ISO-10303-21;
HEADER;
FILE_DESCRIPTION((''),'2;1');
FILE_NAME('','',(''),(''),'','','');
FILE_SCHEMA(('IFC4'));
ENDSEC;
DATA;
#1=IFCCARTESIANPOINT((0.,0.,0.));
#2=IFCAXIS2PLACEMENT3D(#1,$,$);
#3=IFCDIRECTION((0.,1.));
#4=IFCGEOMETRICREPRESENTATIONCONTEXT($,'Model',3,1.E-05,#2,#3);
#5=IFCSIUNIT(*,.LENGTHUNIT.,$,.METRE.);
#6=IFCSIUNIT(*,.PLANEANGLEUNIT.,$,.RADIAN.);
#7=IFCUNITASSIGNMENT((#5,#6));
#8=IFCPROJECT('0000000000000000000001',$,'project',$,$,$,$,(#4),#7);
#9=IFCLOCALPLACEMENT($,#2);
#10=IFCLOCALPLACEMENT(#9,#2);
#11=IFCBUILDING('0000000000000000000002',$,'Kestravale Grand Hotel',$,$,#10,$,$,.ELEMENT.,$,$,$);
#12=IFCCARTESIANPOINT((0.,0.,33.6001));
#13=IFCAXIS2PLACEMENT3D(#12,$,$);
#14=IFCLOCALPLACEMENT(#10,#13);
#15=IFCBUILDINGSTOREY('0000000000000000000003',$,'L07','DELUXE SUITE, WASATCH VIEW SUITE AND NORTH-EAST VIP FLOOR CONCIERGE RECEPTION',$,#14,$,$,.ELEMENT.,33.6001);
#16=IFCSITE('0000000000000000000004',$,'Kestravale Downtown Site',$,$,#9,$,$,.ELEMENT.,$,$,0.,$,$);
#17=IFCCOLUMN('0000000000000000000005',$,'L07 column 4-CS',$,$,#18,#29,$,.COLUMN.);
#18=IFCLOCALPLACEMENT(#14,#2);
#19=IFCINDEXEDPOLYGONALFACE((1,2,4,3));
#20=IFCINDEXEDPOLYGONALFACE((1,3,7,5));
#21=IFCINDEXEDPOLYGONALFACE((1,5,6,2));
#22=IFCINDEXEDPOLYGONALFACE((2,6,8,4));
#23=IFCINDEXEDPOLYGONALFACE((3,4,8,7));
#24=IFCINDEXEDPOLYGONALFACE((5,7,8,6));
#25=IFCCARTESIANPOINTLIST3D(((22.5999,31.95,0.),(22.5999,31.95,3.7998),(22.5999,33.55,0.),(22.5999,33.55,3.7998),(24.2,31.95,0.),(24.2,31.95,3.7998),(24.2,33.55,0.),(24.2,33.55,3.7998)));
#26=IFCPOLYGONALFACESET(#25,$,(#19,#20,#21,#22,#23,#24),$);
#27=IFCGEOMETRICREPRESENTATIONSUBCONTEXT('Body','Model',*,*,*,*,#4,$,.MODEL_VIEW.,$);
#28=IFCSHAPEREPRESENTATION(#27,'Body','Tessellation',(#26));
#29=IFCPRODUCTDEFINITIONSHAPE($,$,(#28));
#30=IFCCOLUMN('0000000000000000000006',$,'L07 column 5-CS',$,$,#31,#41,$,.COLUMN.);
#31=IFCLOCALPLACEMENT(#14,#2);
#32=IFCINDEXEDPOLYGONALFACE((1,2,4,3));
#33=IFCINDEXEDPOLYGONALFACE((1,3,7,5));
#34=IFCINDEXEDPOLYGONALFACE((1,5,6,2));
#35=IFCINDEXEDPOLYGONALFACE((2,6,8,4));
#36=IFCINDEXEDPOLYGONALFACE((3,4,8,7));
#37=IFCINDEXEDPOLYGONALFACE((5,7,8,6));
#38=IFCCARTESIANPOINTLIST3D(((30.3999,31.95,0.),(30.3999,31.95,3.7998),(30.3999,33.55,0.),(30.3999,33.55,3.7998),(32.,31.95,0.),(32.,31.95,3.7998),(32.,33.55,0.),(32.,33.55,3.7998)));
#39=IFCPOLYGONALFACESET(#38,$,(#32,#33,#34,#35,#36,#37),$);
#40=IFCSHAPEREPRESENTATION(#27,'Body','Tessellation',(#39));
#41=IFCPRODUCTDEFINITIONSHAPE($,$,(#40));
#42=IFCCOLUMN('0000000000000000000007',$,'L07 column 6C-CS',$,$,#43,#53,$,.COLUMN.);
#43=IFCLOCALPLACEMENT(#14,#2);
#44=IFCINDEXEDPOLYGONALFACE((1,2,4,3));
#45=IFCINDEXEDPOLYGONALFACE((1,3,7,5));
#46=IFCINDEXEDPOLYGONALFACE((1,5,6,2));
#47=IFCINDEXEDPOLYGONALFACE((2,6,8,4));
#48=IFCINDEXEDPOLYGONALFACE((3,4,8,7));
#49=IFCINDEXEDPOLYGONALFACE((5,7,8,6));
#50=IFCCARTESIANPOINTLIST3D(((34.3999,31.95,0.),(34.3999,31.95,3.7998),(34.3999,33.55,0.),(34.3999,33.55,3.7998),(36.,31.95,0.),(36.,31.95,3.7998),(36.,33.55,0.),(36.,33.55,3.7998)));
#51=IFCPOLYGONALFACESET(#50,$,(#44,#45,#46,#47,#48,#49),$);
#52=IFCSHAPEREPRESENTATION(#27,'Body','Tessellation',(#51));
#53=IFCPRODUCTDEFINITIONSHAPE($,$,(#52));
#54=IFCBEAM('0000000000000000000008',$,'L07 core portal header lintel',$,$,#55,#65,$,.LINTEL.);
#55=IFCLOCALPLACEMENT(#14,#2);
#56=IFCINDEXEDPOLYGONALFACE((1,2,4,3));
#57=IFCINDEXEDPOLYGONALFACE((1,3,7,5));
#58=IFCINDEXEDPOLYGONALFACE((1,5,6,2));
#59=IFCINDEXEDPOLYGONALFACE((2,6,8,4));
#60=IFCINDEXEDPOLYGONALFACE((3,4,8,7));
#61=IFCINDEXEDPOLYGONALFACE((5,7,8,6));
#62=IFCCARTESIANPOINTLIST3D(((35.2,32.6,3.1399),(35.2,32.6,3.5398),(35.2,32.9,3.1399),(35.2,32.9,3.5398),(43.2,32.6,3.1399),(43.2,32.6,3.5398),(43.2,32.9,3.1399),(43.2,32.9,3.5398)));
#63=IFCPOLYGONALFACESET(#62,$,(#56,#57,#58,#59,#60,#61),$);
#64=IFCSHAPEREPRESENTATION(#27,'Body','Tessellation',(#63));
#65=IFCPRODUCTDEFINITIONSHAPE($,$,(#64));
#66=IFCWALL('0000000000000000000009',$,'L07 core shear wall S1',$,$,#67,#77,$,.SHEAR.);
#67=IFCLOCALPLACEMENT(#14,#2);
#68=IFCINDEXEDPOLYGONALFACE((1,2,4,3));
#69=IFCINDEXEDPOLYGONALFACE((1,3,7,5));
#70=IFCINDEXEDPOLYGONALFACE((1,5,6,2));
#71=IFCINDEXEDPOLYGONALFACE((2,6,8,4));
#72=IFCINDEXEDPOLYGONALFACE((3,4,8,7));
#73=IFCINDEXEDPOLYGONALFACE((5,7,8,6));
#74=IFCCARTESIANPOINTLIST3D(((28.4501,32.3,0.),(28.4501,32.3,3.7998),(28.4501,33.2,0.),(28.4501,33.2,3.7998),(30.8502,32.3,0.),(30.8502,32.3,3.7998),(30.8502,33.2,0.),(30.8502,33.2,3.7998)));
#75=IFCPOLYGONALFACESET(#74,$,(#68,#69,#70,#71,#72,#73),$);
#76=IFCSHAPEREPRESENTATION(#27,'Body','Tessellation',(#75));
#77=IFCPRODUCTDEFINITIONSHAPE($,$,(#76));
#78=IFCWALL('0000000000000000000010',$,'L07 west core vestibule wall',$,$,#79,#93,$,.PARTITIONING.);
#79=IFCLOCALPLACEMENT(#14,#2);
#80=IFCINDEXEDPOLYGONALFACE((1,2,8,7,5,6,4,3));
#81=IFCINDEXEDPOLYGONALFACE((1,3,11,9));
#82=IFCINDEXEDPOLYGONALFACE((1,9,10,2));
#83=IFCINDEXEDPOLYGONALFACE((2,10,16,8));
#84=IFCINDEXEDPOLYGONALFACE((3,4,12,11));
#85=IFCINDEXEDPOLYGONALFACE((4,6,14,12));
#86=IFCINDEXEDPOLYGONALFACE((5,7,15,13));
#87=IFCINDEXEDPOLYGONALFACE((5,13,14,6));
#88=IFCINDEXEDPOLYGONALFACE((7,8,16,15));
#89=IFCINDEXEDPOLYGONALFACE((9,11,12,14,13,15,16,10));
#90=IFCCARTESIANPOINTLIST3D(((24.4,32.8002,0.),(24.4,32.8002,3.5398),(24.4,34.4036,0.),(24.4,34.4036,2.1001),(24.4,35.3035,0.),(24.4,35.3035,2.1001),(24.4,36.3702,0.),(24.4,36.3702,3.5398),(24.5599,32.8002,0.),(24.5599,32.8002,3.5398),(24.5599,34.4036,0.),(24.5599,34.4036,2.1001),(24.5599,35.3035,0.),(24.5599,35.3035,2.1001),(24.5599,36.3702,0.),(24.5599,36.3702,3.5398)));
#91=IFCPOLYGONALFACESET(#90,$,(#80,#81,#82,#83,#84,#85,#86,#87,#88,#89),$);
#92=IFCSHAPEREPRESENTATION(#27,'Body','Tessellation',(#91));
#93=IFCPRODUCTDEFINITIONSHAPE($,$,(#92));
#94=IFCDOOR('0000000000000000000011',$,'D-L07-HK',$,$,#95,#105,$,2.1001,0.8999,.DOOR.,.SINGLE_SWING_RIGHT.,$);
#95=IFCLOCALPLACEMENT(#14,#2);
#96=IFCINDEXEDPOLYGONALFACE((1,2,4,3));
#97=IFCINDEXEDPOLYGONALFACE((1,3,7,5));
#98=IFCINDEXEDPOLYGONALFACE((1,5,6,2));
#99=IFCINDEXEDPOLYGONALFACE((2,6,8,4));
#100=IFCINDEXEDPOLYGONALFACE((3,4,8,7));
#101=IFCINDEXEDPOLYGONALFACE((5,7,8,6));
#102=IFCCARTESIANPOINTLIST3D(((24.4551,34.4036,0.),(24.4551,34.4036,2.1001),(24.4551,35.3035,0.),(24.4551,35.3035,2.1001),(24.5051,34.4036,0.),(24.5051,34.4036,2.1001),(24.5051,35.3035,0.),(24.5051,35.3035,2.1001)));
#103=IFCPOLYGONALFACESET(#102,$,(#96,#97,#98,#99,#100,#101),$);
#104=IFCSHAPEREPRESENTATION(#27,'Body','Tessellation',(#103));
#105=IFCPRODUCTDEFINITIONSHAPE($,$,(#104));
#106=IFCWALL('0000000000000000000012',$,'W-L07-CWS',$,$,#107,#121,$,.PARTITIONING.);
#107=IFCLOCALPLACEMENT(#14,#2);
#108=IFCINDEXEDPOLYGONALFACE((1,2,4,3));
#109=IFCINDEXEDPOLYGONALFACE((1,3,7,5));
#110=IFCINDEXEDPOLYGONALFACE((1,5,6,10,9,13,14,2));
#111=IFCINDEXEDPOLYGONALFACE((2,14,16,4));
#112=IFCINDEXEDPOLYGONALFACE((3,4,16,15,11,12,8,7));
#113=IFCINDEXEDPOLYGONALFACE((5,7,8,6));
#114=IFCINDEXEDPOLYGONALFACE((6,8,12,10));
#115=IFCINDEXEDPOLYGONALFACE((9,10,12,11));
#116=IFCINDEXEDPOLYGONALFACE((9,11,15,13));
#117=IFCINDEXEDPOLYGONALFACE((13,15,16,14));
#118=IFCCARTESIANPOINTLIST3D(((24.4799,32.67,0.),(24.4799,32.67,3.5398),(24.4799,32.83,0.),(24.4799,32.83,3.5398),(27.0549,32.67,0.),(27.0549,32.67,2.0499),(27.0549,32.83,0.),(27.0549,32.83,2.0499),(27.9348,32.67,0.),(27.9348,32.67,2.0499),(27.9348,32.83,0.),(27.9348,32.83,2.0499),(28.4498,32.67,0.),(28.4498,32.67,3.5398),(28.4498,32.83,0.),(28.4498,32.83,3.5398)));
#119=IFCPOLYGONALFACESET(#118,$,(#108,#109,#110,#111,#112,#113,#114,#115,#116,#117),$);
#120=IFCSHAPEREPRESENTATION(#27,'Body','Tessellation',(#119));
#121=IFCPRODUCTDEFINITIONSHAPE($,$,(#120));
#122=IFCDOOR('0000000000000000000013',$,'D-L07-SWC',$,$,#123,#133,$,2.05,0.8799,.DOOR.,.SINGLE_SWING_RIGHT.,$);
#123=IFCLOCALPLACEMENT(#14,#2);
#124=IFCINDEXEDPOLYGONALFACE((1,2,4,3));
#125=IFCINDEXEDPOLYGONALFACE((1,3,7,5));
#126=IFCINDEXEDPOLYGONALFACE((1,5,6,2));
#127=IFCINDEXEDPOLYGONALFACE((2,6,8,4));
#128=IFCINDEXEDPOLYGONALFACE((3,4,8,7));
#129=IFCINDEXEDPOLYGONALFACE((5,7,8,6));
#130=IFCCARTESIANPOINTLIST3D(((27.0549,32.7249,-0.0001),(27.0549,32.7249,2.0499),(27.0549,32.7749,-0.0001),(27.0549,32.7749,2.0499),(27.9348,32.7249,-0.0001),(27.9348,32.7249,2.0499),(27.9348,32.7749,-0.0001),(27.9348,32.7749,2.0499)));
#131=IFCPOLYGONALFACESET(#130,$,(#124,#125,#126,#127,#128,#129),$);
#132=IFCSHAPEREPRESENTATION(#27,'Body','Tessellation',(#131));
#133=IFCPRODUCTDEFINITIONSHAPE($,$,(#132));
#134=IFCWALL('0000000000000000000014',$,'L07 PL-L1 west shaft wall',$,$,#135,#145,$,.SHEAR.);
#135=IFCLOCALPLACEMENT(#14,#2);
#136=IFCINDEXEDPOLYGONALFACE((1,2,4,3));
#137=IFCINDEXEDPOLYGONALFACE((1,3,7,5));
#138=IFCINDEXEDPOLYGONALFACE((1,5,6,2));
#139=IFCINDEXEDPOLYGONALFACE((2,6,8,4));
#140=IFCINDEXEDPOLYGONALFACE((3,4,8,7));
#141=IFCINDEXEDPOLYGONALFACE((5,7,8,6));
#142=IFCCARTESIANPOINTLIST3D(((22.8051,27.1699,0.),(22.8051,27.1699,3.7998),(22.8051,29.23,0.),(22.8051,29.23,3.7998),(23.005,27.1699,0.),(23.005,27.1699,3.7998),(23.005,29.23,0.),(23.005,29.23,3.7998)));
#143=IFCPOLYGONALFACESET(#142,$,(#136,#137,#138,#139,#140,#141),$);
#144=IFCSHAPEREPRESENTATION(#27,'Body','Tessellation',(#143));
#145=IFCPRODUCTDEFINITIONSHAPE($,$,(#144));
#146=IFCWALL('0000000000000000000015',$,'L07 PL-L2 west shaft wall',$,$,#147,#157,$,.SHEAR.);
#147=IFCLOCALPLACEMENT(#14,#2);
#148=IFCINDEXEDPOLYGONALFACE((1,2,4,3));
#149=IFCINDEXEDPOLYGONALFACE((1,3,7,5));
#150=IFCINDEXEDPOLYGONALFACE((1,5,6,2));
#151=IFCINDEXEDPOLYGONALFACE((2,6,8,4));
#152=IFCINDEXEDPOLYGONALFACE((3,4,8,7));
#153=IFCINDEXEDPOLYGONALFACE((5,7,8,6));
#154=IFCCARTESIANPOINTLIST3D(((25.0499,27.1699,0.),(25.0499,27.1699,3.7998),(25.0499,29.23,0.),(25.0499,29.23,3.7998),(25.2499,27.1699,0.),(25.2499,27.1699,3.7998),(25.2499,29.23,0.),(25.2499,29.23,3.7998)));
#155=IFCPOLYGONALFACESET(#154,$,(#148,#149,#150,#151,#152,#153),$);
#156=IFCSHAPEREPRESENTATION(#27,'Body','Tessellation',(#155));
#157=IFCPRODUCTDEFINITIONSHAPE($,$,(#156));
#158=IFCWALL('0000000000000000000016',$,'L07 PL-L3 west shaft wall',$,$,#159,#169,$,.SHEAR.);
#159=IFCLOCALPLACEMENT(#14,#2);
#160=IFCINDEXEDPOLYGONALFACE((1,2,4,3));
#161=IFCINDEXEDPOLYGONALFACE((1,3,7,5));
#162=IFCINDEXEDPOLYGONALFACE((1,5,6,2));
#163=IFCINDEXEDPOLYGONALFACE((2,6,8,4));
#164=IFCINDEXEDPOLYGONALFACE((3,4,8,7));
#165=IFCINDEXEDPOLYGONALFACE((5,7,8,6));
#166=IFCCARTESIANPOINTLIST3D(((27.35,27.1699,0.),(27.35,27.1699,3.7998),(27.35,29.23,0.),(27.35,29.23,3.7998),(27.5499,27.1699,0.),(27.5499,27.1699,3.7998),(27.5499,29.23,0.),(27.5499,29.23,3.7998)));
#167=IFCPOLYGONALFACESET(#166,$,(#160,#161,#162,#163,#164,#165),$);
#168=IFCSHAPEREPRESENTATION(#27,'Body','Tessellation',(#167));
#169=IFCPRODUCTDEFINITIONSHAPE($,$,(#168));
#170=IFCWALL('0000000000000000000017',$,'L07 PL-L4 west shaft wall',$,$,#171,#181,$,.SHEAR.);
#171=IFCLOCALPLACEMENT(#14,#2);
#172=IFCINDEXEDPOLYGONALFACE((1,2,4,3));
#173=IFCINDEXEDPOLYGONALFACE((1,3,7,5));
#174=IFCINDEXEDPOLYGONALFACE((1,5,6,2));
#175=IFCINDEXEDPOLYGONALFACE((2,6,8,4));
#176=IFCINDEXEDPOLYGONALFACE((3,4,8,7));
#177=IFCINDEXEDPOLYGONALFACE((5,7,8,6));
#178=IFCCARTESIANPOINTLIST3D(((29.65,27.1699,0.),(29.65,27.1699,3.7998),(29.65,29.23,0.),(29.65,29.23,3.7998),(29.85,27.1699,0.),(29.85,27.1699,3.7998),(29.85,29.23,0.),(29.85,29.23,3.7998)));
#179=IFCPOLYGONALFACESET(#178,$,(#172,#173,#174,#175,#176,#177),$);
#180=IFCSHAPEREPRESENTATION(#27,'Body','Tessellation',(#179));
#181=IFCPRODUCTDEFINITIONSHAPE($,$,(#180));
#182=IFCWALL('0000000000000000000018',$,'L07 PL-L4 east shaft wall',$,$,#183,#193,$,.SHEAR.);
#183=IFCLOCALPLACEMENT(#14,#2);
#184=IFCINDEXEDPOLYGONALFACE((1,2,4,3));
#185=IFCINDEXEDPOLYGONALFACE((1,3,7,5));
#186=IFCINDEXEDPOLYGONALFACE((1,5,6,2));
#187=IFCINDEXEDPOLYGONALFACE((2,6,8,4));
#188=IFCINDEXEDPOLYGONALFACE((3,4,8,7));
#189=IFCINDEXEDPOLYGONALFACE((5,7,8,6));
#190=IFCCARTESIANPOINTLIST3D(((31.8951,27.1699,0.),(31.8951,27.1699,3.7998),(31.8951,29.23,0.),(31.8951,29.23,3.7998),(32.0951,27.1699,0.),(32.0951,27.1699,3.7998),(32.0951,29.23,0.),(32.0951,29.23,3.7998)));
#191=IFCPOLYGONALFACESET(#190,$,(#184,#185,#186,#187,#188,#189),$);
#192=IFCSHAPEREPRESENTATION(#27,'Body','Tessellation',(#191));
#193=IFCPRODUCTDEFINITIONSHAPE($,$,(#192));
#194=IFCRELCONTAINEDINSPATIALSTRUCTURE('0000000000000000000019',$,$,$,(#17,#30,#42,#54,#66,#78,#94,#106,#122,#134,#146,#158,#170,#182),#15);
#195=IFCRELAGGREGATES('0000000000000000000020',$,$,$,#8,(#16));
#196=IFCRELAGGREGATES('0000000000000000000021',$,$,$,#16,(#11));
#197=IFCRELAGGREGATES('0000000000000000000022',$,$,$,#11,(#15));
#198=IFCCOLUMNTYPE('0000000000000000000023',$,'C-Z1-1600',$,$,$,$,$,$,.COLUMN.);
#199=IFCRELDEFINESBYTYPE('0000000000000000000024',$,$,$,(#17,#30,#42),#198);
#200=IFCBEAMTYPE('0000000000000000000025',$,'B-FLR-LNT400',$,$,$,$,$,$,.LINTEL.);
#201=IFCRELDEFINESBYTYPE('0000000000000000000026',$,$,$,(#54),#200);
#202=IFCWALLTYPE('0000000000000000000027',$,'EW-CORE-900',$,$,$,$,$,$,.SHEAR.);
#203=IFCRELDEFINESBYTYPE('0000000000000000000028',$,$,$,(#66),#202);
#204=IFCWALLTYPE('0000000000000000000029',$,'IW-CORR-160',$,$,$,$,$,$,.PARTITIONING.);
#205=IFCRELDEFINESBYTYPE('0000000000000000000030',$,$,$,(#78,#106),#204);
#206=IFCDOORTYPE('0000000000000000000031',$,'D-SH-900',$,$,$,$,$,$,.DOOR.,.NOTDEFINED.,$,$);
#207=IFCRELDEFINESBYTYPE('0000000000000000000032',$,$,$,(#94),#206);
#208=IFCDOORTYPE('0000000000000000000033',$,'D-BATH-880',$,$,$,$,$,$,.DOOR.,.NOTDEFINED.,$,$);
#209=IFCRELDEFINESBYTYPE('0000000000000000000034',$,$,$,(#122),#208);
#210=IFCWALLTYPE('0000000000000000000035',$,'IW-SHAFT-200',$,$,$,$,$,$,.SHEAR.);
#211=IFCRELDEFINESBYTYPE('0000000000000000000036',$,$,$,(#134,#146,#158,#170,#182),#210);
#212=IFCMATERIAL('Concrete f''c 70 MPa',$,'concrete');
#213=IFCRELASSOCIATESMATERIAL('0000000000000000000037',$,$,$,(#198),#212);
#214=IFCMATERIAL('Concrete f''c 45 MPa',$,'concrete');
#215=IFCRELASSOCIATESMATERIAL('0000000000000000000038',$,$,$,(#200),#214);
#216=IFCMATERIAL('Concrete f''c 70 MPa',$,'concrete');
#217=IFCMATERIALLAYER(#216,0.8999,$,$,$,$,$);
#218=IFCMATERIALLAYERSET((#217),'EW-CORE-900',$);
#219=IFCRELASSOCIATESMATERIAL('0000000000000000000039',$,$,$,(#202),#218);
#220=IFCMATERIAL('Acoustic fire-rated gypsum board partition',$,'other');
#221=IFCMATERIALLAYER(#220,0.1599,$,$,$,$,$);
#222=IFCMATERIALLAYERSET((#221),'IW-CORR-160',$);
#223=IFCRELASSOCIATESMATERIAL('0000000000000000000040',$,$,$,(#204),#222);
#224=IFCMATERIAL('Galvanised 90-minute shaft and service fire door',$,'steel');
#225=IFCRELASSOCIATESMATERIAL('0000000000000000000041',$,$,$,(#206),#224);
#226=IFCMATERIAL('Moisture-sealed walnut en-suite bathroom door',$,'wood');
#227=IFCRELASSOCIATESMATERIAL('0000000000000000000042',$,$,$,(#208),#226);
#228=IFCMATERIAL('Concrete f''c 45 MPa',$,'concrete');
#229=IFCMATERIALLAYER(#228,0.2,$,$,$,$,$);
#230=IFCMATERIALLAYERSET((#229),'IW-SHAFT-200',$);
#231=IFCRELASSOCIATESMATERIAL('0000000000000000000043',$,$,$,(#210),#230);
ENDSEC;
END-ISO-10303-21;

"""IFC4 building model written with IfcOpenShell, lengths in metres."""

from ifc_helpers import new_model, si_unit, direction, frame, frame_2d, origin, origin_2d, place, context, subcontext, project, spatial, rectangle, extrude, material, layer, layer_set, material_profile, profile_set, type_object, element, fill, save


model = new_model("IFC4")

# Units and contexts
model_context = context("Model", 3, precision=1e-05, world=origin(), true_north=direction((0.0, 1.0)))
body_context = subcontext(model_context, "Body", "Model", "MODEL_VIEW")
ifc_project = project(units=[si_unit("LENGTHUNIT", "METRE"), si_unit("PLANEANGLEUNIT", "RADIAN")], contexts=[model_context])

# Site, building, storey
site_placement = place(None, origin())
site = spatial("IfcSite", under=ifc_project, at=site_placement, Name="Kestravale Downtown Site", CompositionType="ELEMENT", RefElevation=0.0)
building_placement = place(site_placement, origin())
building = spatial("IfcBuilding", under=site, at=building_placement, Name="Kestravale Grand Hotel", CompositionType="ELEMENT")
storey_placement = place(building_placement, frame((0.0, 0.0, 33.6001)))
storey = spatial("IfcBuildingStorey", under=building, at=storey_placement, Name="L07", Description="DELUXE SUITE, WASATCH VIEW SUITE AND NORTH-EAST VIP FLOOR CONCIERGE RECEPTION", CompositionType="ELEMENT", Elevation=33.6001)

# Columns
ifc_material_1 = material(Name="Concrete f'c 70 MPa", Category="concrete")
ifc_material_profile_1 = material_profile(ifc_material_1, rectangle(XDim=1.6001, YDim=1.6001, at=origin_2d()))
ifc_profile_set_1 = profile_set([ifc_material_profile_1], Name="Concrete f'c 70 MPa")
column_type = type_object("IfcColumnType", Name="C-Z1-1600", PredefinedType="COLUMN", material=ifc_profile_set_1)
for number, where, z_axis, x_axis, name in (
    (1, (23.3999, 32.75, 0.0), (0.0, 0.0, 1.0), (1.0, 0.0, 0.0), "L07 column 4-CS"),
    (2, (31.2, 32.75, 0.0), (0.0, 0.0, 1.0), (1.0, 0.0, 0.0), "L07 column 5-CS"),
    (3, (35.2, 32.75, 0.0), (0.0, 0.0, 1.0), (1.0, 0.0, 0.0), "L07 column 6C-CS"),
):
    element("IfcColumn", number, at=place(storey_placement, frame(where, z_axis=z_axis, x_axis=x_axis)), inside=storey, type_object=column_type, Name=name, PredefinedType="COLUMN", context=body_context, shape_type="SweptSolid", body=[
        extrude(rectangle(XDim=1.6001, YDim=1.6001, at=origin_2d()), origin(), (0.0, 0.0, 1.0), 3.7998),
    ])

# Beam
ifc_material_2 = material(Name="Concrete f'c 45 MPa", Category="concrete")
ifc_material_profile_2 = material_profile(ifc_material_2, rectangle(XDim=0.3, YDim=0.3999, at=origin_2d()))
ifc_profile_set_2 = profile_set([ifc_material_profile_2], Name="Concrete f'c 45 MPa")
beam_type = type_object("IfcBeamType", Name="B-FLR-LNT400", PredefinedType="LINTEL", material=ifc_profile_set_2)
beam_placement = place(storey_placement, frame((35.2, 32.75, 3.3398), z_axis=(1.0, 0.0, 0.0), x_axis=(0.0, 1.0, 0.0)))
element("IfcBeam", 4, at=beam_placement, inside=storey, type_object=beam_type, Name="L07 core portal header lintel", PredefinedType="LINTEL", context=body_context, shape_type="SweptSolid", body=[
    extrude(rectangle(XDim=0.3, YDim=0.3999, at=origin_2d()), origin(), (0.0, 0.0, 1.0), 8.0),
])

# Wall
ifc_material_3 = material(Name="Concrete f'c 70 MPa", Category="concrete")
ifc_layer_1 = layer(ifc_material_3, 0.8999)
ifc_layer_set_1 = layer_set([ifc_layer_1], Name="EW-CORE-900")
wall_type_1 = type_object("IfcWallType", Name="EW-CORE-900", PredefinedType="SHEAR", material=ifc_layer_set_1)
wall_1_placement = place(storey_placement, frame((28.45, 32.75, 0.0), z_axis=(0.0, 0.0, 1.0), x_axis=(1.0, 0.0, 0.0)))
element("IfcWall", 5, at=wall_1_placement, inside=storey, type_object=wall_type_1, Name="L07 core shear wall S1", PredefinedType="SHEAR", context=body_context, shape_type="SweptSolid", body=[
    extrude(rectangle(XDim=2.4001, YDim=0.8999, at=frame_2d((1.2002, 0.0))), origin(), (0.0, 0.0, 1.0), 3.7998),
])

# Walls, openings, doors
ifc_material_4 = material(Name="Acoustic fire-rated gypsum board partition", Category="other")
ifc_layer_2 = layer(ifc_material_4, 0.1599)
ifc_layer_set_2 = layer_set([ifc_layer_2], Name="IW-CORR-160")
wall_type_2 = type_object("IfcWallType", Name="IW-CORR-160", PredefinedType="PARTITIONING", material=ifc_layer_set_2)
wall_2_placement = place(storey_placement, frame((24.48, 32.8, 0.0), z_axis=(0.0, 0.0, 1.0), x_axis=(0.0, 1.0, 0.0)))
wall_2 = element("IfcWall", 6, at=wall_2_placement, inside=storey, type_object=wall_type_2, Name="L07 west core vestibule wall", PredefinedType="PARTITIONING", context=body_context, shape_type="SweptSolid", body=[
    extrude(rectangle(XDim=3.5701, YDim=0.1599, at=frame_2d((1.7852, 0.0))), origin(), (0.0, 0.0, 1.0), 3.5398),
])
opening_1_placement = place(wall_2_placement, frame((1.6035, 0.0, 0.0)))
opening_1 = element("IfcOpeningElement", 7, at=opening_1_placement, cuts=wall_2, PredefinedType="OPENING", context=body_context, shape_type="SweptSolid", body=[
    extrude(rectangle(XDim=0.8999, YDim=2.1001, at=frame_2d((0.45, 1.05))), frame((0.0, 0.0898, 0.0), z_axis=(0.0, -1.0, 0.0), x_axis=(1.0, 0.0, 0.0)), (0.0, 0.0, 1.0), 0.1799),
])
ifc_material_5 = material(Name="Galvanised 90-minute shaft and service fire door", Category="steel")
door_type_1 = type_object("IfcDoorType", Name="D-SH-900", OperationType="NOTDEFINED", PredefinedType="DOOR", material=ifc_material_5)
door_1_placement = place(opening_1_placement, origin())
door_1 = element("IfcDoor", 8, at=door_1_placement, inside=storey, type_object=door_type_1, Name="D-L07-HK", OperationType="SINGLE_SWING_RIGHT", OverallHeight=2.1001, OverallWidth=0.8999, PredefinedType="DOOR", context=body_context, shape_type="SweptSolid", body=[
    extrude(rectangle(XDim=0.8999, YDim=2.1001, at=frame_2d((0.45, 1.05))), frame((0.0, 0.0249, 0.0), z_axis=(0.0, -1.0, 0.0), x_axis=(1.0, 0.0, 0.0)), (0.0, 0.0, 1.0), 0.05),
])
fill(opening_1, door_1)
wall_3_placement = place(storey_placement, frame((24.48, 32.75, 0.0), z_axis=(0.0, 0.0, 1.0), x_axis=(1.0, 0.0, 0.0)))
wall_3 = element("IfcWall", 9, at=wall_3_placement, inside=storey, type_object=wall_type_2, Name="W-L07-CWS", PredefinedType="PARTITIONING", context=body_context, shape_type="SweptSolid", body=[
    extrude(rectangle(XDim=3.97, YDim=0.1599, at=frame_2d((1.9849, 0.0))), origin(), (0.0, 0.0, 1.0), 3.5398),
])
opening_2_placement = place(wall_3_placement, frame((2.575, 0.0, 0.0)))
opening_2 = element("IfcOpeningElement", 10, at=opening_2_placement, cuts=wall_3, PredefinedType="OPENING", context=body_context, shape_type="SweptSolid", body=[
    extrude(rectangle(XDim=0.8799, YDim=2.05, at=frame_2d((0.4399, 1.0249))), frame((0.0, 0.0898, 0.0), z_axis=(0.0, -1.0, 0.0), x_axis=(1.0, 0.0, 0.0)), (0.0, 0.0, 1.0), 0.1799),
])
ifc_material_6 = material(Name="Moisture-sealed walnut en-suite bathroom door", Category="wood")
door_type_2 = type_object("IfcDoorType", Name="D-BATH-880", OperationType="NOTDEFINED", PredefinedType="DOOR", material=ifc_material_6)
door_2_placement = place(opening_2_placement, origin())
door_2 = element("IfcDoor", 11, at=door_2_placement, inside=storey, type_object=door_type_2, Name="D-L07-SWC", OperationType="SINGLE_SWING_RIGHT", OverallHeight=2.05, OverallWidth=0.8799, PredefinedType="DOOR", context=body_context, shape_type="SweptSolid", body=[
    extrude(rectangle(XDim=0.8799, YDim=2.05, at=frame_2d((0.4399, 1.0249))), frame((0.0, 0.0249, 0.0), z_axis=(0.0, -1.0, 0.0), x_axis=(1.0, 0.0, 0.0)), (0.0, 0.0, 1.0), 0.05),
])
fill(opening_2, door_2)

# Walls
ifc_material_7 = material(Name="Concrete f'c 45 MPa", Category="concrete")
ifc_layer_3 = layer(ifc_material_7, 0.2)
ifc_layer_set_3 = layer_set([ifc_layer_3], Name="IW-SHAFT-200")
wall_type_3 = type_object("IfcWallType", Name="IW-SHAFT-200", PredefinedType="SHEAR", material=ifc_layer_set_3)
for number, where, z_axis, x_axis, name in (
    (12, (22.905, 27.1699, 0.0), (0.0, 0.0, 1.0), (0.0, 1.0, 0.0), "L07 PL-L1 west shaft wall"),
    (13, (25.1499, 27.1699, 0.0), (0.0, 0.0, 1.0), (0.0, 1.0, 0.0), "L07 PL-L2 west shaft wall"),
    (14, (27.45, 27.1699, 0.0), (0.0, 0.0, 1.0), (0.0, 1.0, 0.0), "L07 PL-L3 west shaft wall"),
    (15, (29.75, 27.1699, 0.0), (0.0, 0.0, 1.0), (0.0, 1.0, 0.0), "L07 PL-L4 west shaft wall"),
    (16, (31.9951, 27.1699, 0.0), (0.0, 0.0, 1.0), (0.0, 1.0, 0.0), "L07 PL-L4 east shaft wall"),
):
    element("IfcWall", number, at=place(storey_placement, frame(where, z_axis=z_axis, x_axis=x_axis)), inside=storey, type_object=wall_type_3, Name=name, PredefinedType="SHEAR", context=body_context, shape_type="SweptSolid", body=[
        extrude(rectangle(XDim=2.0601, YDim=0.2, at=frame_2d((1.03, 0.0))), origin(), (0.0, 0.0, 1.0), 3.7998),
    ])

save(model, "model.ifc")
